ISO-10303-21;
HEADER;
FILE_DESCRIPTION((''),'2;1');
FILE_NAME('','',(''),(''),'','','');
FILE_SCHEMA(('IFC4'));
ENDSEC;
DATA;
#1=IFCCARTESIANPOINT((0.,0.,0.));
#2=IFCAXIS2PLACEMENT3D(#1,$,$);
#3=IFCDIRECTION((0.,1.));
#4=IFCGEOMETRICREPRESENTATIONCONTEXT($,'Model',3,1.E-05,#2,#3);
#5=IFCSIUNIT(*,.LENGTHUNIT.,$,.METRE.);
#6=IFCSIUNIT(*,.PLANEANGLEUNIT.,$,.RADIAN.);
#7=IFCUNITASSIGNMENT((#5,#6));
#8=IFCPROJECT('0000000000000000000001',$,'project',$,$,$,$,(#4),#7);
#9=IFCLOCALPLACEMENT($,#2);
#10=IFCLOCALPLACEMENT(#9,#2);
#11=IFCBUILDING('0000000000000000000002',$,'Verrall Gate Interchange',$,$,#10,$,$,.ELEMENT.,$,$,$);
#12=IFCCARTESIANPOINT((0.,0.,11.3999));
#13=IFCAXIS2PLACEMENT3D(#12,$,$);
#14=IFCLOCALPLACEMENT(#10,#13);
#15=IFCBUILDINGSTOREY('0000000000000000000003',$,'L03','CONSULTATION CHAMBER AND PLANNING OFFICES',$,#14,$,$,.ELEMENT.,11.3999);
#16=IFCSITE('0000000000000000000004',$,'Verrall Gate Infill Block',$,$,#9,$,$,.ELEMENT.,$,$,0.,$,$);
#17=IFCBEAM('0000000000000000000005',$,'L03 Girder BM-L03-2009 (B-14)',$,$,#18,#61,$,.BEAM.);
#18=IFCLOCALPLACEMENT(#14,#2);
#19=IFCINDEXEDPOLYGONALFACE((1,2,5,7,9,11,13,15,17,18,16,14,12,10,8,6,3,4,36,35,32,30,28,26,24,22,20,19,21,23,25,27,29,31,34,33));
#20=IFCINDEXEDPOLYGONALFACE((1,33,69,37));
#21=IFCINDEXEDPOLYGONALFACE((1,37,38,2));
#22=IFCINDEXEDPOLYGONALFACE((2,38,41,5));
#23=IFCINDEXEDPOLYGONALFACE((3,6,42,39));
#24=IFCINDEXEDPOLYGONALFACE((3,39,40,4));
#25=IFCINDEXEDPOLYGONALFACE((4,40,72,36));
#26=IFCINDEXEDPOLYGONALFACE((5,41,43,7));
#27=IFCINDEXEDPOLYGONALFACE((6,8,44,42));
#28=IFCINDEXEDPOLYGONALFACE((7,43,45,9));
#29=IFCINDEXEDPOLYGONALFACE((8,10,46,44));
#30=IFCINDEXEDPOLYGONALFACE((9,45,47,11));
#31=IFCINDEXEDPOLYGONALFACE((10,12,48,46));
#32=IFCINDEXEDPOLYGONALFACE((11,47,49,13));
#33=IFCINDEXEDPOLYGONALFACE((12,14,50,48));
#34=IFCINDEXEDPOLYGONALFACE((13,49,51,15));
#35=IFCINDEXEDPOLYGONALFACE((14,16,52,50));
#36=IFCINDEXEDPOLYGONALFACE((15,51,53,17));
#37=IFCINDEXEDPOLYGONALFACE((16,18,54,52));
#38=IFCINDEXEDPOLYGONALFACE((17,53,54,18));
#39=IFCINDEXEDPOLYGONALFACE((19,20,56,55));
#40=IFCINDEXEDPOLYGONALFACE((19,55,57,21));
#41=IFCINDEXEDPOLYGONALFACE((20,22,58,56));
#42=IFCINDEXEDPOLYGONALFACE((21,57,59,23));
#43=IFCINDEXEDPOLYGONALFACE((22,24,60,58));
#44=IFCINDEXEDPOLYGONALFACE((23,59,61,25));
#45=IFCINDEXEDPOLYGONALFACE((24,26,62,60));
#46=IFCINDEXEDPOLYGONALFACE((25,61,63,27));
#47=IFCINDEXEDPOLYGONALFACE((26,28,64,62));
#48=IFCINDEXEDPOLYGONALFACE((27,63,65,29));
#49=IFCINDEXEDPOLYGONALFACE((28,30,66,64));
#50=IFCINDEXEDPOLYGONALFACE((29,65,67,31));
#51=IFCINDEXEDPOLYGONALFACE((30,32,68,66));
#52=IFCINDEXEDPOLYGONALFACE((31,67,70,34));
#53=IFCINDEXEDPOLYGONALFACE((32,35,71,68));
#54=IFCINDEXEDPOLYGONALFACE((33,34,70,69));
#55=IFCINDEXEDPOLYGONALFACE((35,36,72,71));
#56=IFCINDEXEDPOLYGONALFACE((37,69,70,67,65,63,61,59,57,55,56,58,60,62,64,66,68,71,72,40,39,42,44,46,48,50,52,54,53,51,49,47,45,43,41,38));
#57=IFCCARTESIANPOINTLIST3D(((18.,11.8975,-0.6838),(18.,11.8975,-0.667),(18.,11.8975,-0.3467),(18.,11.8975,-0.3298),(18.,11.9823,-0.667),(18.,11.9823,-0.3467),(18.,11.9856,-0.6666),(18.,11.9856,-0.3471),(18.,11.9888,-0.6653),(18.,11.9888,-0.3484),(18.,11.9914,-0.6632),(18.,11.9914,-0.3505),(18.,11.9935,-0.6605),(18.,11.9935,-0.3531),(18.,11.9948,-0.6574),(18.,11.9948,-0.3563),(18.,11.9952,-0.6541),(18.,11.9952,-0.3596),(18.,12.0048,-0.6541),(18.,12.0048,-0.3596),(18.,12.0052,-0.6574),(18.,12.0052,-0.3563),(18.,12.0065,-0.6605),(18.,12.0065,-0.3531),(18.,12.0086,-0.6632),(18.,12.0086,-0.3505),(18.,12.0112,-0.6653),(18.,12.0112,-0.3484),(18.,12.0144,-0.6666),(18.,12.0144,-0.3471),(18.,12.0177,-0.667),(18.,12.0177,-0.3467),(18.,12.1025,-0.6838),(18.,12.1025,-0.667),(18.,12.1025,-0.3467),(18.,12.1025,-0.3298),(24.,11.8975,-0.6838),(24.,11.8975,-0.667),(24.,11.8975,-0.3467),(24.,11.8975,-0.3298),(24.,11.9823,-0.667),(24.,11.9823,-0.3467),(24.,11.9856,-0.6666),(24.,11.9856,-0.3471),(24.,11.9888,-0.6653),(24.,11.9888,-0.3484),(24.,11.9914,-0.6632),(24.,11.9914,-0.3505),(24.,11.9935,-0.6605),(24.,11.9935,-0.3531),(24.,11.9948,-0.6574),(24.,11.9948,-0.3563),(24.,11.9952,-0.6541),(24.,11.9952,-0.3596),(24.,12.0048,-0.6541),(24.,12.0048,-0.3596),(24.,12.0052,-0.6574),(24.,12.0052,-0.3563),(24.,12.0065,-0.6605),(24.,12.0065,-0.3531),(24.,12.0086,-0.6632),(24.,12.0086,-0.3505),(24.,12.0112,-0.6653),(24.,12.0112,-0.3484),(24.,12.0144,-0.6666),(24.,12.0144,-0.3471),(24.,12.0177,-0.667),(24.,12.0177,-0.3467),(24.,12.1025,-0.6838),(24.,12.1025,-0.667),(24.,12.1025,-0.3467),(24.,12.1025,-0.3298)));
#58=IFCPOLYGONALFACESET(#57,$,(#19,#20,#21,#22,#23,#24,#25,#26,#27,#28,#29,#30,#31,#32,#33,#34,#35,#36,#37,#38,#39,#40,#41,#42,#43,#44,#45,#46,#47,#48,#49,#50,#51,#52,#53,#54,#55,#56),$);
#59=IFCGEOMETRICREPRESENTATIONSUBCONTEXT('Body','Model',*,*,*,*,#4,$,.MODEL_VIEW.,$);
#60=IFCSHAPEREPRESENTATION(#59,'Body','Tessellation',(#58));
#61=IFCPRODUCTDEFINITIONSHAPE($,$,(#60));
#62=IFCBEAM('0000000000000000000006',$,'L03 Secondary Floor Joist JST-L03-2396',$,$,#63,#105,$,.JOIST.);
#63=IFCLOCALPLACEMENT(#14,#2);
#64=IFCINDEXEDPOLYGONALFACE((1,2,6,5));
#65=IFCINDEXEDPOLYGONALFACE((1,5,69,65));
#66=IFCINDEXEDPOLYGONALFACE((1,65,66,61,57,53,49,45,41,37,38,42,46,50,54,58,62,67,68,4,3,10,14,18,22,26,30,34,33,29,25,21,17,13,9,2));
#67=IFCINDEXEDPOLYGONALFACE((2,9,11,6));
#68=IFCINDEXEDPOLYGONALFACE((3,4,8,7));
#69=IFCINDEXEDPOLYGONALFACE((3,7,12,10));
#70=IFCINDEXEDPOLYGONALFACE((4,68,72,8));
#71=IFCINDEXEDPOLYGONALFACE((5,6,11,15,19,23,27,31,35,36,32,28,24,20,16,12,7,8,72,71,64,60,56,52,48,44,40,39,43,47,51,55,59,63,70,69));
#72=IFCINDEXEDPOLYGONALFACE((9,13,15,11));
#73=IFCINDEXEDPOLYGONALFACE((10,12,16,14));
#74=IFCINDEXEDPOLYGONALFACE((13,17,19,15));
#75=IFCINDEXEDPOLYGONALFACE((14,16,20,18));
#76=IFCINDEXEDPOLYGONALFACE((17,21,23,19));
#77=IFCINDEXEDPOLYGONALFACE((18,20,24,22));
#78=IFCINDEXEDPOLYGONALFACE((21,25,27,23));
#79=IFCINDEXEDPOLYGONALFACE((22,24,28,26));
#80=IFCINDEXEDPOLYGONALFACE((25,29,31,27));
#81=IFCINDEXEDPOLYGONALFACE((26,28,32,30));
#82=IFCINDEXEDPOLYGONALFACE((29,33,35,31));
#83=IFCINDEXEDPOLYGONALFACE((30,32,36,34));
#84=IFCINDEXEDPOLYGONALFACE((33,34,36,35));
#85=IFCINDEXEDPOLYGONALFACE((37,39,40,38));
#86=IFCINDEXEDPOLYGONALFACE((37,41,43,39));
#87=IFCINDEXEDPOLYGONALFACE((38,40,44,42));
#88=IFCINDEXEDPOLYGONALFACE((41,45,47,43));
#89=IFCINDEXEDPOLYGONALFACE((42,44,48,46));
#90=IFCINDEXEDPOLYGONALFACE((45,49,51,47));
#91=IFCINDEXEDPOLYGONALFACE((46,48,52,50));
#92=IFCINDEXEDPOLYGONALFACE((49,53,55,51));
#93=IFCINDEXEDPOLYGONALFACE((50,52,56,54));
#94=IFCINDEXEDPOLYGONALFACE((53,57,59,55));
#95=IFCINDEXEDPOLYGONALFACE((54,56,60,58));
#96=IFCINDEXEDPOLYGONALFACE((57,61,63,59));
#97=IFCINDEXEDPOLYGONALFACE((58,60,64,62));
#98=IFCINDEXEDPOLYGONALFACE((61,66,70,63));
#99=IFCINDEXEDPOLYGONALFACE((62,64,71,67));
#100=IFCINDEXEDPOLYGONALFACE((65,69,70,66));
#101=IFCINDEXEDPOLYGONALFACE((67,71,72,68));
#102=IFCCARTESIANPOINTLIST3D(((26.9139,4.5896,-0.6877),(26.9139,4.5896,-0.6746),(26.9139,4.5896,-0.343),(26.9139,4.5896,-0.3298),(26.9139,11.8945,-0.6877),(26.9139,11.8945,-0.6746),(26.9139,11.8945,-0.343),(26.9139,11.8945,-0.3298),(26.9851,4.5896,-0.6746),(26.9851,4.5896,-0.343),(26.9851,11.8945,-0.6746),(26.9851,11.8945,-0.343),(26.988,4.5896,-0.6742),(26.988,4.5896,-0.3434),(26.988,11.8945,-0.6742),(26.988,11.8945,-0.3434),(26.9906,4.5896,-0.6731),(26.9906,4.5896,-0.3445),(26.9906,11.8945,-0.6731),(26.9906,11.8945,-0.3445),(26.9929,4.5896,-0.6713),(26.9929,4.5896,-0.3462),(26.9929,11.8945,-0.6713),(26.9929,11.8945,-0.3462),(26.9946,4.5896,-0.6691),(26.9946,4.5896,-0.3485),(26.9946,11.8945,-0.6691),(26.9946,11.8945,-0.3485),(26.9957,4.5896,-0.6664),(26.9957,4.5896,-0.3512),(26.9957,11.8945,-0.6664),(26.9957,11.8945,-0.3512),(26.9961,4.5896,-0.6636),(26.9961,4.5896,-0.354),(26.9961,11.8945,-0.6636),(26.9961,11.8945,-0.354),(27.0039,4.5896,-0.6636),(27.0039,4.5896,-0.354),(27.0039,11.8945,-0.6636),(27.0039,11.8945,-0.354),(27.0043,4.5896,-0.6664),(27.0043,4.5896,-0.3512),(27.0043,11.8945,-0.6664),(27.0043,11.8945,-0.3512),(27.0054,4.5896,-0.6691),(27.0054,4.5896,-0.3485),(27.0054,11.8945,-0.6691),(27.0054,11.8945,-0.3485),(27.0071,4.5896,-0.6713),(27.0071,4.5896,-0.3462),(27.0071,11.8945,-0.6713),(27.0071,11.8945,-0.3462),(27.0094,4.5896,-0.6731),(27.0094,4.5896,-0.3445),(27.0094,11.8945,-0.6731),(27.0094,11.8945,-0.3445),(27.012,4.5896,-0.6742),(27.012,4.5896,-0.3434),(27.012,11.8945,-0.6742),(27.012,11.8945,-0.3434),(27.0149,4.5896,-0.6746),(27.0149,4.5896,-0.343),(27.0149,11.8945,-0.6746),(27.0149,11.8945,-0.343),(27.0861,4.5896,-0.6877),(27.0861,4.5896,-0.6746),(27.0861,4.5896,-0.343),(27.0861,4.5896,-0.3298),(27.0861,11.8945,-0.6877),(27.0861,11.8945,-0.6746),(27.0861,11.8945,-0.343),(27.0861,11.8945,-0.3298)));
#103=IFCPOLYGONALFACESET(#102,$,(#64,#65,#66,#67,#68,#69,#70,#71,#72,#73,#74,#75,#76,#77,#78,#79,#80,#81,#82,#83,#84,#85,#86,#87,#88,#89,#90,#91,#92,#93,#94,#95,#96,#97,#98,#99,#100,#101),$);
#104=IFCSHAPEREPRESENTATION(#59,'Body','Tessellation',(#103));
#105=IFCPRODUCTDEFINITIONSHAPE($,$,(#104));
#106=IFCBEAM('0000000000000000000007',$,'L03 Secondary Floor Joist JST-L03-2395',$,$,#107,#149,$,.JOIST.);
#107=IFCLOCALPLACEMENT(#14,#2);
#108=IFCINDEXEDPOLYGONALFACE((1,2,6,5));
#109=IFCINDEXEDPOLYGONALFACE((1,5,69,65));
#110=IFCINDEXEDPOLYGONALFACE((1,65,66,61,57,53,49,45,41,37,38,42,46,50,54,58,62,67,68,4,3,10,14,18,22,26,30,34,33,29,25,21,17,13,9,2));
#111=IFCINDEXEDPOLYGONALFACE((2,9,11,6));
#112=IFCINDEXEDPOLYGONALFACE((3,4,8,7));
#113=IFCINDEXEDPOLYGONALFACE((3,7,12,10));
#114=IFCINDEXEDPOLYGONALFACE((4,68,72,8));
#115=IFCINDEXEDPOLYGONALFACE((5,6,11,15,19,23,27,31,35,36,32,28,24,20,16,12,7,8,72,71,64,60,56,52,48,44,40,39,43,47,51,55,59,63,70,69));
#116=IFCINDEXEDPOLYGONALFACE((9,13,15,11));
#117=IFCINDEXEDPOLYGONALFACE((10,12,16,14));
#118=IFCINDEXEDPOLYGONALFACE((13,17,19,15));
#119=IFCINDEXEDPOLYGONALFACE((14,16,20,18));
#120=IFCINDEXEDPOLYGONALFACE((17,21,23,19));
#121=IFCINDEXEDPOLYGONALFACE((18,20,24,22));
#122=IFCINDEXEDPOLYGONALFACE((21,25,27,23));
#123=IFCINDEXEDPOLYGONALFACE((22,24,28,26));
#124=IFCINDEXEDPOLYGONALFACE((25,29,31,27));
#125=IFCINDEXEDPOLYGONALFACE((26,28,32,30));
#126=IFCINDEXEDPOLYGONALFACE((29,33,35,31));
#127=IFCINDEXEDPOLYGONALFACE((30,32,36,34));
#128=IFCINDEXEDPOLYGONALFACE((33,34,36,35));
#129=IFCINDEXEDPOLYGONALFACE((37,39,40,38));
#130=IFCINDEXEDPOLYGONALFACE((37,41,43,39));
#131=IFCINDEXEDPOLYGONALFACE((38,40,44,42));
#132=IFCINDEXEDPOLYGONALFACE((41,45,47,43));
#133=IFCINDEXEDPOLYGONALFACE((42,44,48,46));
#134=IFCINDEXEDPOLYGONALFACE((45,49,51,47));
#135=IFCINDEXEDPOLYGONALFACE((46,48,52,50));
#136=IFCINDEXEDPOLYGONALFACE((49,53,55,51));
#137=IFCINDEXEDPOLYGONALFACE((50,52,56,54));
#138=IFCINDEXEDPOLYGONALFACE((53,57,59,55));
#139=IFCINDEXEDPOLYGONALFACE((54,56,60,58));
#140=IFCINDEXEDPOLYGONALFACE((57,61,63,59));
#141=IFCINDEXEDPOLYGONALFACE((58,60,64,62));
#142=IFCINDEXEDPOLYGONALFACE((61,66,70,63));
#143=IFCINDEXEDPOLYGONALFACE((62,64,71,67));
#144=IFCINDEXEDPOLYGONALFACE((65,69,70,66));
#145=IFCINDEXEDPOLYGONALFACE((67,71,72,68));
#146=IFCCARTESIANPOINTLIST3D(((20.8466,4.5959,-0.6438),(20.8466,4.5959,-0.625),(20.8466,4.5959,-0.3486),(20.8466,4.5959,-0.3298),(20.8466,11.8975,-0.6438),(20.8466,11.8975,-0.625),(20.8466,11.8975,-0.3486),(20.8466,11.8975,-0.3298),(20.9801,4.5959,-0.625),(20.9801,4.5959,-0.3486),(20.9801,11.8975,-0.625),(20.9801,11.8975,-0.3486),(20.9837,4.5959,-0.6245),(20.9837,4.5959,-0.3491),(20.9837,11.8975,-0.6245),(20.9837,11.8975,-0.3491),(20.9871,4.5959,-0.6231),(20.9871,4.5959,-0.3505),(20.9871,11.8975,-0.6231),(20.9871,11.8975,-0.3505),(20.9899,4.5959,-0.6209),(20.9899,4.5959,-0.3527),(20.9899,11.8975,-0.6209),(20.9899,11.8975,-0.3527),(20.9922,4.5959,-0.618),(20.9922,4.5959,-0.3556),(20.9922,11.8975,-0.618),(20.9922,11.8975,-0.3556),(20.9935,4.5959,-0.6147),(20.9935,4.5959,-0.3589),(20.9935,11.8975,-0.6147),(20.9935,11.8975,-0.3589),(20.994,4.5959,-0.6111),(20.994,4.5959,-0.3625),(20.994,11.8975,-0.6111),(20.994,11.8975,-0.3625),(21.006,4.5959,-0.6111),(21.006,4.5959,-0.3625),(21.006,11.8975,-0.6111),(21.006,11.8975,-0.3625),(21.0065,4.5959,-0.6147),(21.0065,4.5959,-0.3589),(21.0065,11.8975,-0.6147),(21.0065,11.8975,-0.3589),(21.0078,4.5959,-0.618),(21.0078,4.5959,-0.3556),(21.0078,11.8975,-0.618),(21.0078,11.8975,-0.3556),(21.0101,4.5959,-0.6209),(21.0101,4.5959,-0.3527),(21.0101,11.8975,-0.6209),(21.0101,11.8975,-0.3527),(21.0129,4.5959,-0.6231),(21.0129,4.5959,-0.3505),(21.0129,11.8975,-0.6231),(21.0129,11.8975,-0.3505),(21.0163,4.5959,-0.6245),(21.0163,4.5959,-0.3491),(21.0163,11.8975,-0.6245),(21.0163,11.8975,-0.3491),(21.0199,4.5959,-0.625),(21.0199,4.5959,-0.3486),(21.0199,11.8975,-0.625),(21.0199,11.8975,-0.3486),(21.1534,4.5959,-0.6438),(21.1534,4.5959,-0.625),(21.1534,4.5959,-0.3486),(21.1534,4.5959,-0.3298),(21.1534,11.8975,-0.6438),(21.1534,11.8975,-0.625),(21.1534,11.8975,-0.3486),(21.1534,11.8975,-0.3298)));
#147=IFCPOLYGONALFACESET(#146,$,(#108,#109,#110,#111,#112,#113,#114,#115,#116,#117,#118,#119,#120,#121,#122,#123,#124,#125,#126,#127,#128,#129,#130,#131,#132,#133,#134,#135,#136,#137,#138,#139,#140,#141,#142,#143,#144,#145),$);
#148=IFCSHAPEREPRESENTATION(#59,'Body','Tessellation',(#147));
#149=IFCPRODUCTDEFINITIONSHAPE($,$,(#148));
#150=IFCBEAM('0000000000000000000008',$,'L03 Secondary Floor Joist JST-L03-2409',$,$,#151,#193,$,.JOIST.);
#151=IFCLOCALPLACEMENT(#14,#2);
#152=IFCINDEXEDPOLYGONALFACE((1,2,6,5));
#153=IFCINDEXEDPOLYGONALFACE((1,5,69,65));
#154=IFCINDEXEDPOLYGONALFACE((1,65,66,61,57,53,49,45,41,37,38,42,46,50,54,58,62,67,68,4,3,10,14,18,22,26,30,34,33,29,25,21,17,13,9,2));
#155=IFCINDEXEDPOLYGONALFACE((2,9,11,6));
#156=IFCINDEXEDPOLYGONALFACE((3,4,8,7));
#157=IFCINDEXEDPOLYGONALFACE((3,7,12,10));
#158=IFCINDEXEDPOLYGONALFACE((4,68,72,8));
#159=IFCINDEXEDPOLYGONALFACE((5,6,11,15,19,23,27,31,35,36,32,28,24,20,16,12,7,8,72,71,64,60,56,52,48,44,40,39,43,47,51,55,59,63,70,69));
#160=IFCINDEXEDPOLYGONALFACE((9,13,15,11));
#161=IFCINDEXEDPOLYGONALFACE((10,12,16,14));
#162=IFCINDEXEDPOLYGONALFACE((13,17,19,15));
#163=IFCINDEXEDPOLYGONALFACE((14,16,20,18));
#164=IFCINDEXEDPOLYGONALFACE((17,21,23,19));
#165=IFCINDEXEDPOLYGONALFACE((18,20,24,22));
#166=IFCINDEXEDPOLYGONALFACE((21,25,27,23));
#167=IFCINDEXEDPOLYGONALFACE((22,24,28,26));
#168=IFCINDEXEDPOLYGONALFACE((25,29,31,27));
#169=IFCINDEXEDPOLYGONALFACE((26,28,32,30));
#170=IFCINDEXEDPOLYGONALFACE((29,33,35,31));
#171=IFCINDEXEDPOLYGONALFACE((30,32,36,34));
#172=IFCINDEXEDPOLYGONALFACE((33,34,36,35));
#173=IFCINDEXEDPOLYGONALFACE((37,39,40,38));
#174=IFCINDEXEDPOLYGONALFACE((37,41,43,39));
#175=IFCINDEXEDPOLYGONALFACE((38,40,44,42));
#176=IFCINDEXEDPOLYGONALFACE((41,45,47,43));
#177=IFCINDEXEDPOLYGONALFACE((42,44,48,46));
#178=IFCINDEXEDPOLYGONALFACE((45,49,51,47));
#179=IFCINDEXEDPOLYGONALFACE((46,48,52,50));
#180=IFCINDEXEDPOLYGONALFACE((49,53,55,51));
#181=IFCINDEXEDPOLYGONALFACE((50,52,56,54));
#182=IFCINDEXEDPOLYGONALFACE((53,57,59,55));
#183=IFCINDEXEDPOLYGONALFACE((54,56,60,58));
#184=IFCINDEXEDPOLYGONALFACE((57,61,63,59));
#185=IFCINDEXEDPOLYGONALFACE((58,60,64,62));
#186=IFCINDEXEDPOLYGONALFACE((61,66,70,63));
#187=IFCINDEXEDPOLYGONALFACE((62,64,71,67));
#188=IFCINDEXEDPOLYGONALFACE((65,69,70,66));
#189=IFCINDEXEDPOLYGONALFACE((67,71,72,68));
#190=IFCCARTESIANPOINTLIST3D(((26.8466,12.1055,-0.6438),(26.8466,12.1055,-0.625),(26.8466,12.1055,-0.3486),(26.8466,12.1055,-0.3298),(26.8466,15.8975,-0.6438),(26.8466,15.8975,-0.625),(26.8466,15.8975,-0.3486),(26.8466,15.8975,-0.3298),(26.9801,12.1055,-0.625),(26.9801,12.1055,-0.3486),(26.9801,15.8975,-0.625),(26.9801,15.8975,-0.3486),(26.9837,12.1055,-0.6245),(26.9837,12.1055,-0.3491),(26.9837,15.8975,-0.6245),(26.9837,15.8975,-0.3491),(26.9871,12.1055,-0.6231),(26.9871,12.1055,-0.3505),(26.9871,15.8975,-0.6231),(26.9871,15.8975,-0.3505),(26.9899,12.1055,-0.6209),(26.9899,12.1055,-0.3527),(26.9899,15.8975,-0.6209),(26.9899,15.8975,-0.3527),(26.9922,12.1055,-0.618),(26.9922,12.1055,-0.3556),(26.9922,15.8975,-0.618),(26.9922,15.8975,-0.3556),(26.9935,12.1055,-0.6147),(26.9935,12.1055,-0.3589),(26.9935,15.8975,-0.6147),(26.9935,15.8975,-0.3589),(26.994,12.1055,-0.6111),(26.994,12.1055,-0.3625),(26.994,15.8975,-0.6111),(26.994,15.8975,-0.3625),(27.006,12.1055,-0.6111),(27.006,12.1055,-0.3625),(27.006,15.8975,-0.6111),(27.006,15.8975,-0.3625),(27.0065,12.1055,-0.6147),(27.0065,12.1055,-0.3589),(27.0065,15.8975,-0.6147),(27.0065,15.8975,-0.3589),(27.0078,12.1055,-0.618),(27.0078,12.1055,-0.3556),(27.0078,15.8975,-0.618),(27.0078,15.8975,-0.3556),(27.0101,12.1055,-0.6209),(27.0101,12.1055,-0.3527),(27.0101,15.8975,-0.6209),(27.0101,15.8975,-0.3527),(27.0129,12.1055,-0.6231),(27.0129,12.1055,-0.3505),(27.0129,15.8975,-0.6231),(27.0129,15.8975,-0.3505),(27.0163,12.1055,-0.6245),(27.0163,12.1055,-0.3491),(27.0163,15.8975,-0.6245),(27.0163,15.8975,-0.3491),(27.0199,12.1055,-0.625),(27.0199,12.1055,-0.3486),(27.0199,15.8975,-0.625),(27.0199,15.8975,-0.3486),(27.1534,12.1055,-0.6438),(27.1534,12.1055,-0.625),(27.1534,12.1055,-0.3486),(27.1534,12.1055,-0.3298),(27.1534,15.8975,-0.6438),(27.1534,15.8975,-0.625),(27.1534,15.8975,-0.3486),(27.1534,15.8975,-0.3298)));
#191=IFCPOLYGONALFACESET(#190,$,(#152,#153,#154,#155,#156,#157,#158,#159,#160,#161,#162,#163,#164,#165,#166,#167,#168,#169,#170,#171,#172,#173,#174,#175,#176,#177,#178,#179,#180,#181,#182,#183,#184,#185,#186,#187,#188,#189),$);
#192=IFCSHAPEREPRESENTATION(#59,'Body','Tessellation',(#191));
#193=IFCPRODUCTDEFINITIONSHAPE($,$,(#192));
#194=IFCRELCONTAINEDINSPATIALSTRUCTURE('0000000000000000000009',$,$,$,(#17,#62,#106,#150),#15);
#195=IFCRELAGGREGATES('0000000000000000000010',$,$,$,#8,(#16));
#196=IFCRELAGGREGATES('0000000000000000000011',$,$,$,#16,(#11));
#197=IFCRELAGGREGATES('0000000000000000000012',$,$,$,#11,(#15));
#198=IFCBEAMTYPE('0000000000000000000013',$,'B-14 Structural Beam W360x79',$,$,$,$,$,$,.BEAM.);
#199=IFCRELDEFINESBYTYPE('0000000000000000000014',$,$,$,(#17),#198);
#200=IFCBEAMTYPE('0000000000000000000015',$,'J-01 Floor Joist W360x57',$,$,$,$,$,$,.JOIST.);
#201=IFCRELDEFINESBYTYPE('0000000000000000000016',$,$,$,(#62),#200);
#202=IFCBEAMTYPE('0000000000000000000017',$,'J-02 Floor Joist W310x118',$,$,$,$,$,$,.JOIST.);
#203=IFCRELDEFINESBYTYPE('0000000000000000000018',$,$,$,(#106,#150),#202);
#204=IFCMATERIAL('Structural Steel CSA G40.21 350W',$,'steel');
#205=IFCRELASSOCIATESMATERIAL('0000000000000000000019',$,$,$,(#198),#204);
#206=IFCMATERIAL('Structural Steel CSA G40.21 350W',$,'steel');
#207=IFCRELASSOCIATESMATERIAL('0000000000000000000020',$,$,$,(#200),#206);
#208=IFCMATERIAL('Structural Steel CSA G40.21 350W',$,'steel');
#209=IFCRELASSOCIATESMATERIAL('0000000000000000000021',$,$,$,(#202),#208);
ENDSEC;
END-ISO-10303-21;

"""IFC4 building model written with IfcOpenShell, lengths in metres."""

from ifc_helpers import new_model, si_unit, direction, frame, origin, origin_2d, place, context, subcontext, project, spatial, i_section, extrude, material, material_profile, profile_set, type_object, element, save


model = new_model("IFC4")

# Units and contexts
model_context = context("Model", 3, precision=1e-05, world=origin(), true_north=direction((0.0, 1.0)))
body_context = subcontext(model_context, "Body", "Model", "MODEL_VIEW")
ifc_project = project(units=[si_unit("LENGTHUNIT", "METRE"), si_unit("PLANEANGLEUNIT", "RADIAN")], contexts=[model_context])

# Site, building, storey
site_placement = place(None, origin())
site = spatial("IfcSite", under=ifc_project, at=site_placement, Name="Verrall Gate Infill Block", CompositionType="ELEMENT", RefElevation=0.0)
building_placement = place(site_placement, origin())
building = spatial("IfcBuilding", under=site, at=building_placement, Name="Verrall Gate Interchange", CompositionType="ELEMENT")
storey_placement = place(building_placement, frame((0.0, 0.0, 11.3999)))
storey = spatial("IfcBuildingStorey", under=building, at=storey_placement, Name="L03", Description="CONSULTATION CHAMBER AND PLANNING OFFICES", CompositionType="ELEMENT", Elevation=11.3999)

# Beams
ifc_material_1 = material(Name="Structural Steel CSA G40.21 350W", Category="steel")
ifc_material_profile_1 = material_profile(ifc_material_1, i_section(OverallWidth=0.2051, OverallDepth=0.354, WebThickness=0.0095, FlangeThickness=0.0168, FilletRadius=0.0129, at=origin_2d()), Name="W360x79")
ifc_profile_set_1 = profile_set([ifc_material_profile_1], Name="Structural Steel CSA G40.21 350W")
beam_type_1 = type_object("IfcBeamType", Name="B-14 Structural Beam W360x79", PredefinedType="BEAM", material=ifc_profile_set_1)
beam_1_placement = place(storey_placement, frame((18.0, 12.0, -0.5068), z_axis=(1.0, 0.0, 0.0), x_axis=(0.0, 1.0, 0.0)))
element("IfcBeam", 1, at=beam_1_placement, inside=storey, type_object=beam_type_1, Name="L03 Girder BM-L03-2009 (B-14)", PredefinedType="BEAM", context=body_context, shape_type="SweptSolid", body=[
    extrude(i_section(OverallWidth=0.2051, OverallDepth=0.354, WebThickness=0.0095, FlangeThickness=0.0168, FilletRadius=0.0129, at=origin_2d()), origin(), (0.0, 0.0, 1.0), 6.0),
])
ifc_material_2 = material(Name="Structural Steel CSA G40.21 350W", Category="steel")
ifc_material_profile_2 = material_profile(ifc_material_2, i_section(OverallWidth=0.1721, OverallDepth=0.3579, WebThickness=0.0078, FlangeThickness=0.0132, FilletRadius=0.011, at=origin_2d()), Name="W360x57")
ifc_profile_set_2 = profile_set([ifc_material_profile_2], Name="Structural Steel CSA G40.21 350W")
beam_type_2 = type_object("IfcBeamType", Name="J-01 Floor Joist W360x57", PredefinedType="JOIST", material=ifc_profile_set_2)
beam_2_placement = place(storey_placement, frame((27.0, 4.5896, -0.5088), z_axis=(0.0, 1.0, 0.0), x_axis=(-1.0, 0.0, 0.0)))
element("IfcBeam", 2, at=beam_2_placement, inside=storey, type_object=beam_type_2, Name="L03 Secondary Floor Joist JST-L03-2396", PredefinedType="JOIST", context=body_context, shape_type="SweptSolid", body=[
    extrude(i_section(OverallWidth=0.1721, OverallDepth=0.3579, WebThickness=0.0078, FlangeThickness=0.0132, FilletRadius=0.011, at=origin_2d()), origin(), (0.0, 0.0, 1.0), 7.3049),
])
ifc_material_3 = material(Name="Structural Steel CSA G40.21 350W", Category="steel")
ifc_material_profile_3 = material_profile(ifc_material_3, i_section(OverallWidth=0.3069, OverallDepth=0.314, WebThickness=0.012, FlangeThickness=0.0188, FilletRadius=0.0139, at=origin_2d()), Name="W310x118")
ifc_profile_set_3 = profile_set([ifc_material_profile_3], Name="Structural Steel CSA G40.21 350W")
beam_type_3 = type_object("IfcBeamType", Name="J-02 Floor Joist W310x118", PredefinedType="JOIST", material=ifc_profile_set_3)
beam_3_placement = place(storey_placement, frame((21.0, 4.5959, -0.4868), z_axis=(0.0, 1.0, 0.0), x_axis=(-1.0, 0.0, 0.0)))
element("IfcBeam", 3, at=beam_3_placement, inside=storey, type_object=beam_type_3, Name="L03 Secondary Floor Joist JST-L03-2395", PredefinedType="JOIST", context=body_context, shape_type="SweptSolid", body=[
    extrude(i_section(OverallWidth=0.3069, OverallDepth=0.314, WebThickness=0.012, FlangeThickness=0.0188, FilletRadius=0.0139, at=origin_2d()), origin(), (0.0, 0.0, 1.0), 7.3015),
])
beam_4_placement = place(storey_placement, frame((27.0, 12.1055, -0.4868), z_axis=(0.0, 1.0, 0.0), x_axis=(-1.0, 0.0, 0.0)))
element("IfcBeam", 4, at=beam_4_placement, inside=storey, type_object=beam_type_3, Name="L03 Secondary Floor Joist JST-L03-2409", PredefinedType="JOIST", context=body_context, shape_type="SweptSolid", body=[
    extrude(i_section(OverallWidth=0.3069, OverallDepth=0.314, WebThickness=0.012, FlangeThickness=0.0188, FilletRadius=0.0139, at=origin_2d()), origin(), (0.0, 0.0, 1.0), 3.792),
])

save(model, "model.ifc")
